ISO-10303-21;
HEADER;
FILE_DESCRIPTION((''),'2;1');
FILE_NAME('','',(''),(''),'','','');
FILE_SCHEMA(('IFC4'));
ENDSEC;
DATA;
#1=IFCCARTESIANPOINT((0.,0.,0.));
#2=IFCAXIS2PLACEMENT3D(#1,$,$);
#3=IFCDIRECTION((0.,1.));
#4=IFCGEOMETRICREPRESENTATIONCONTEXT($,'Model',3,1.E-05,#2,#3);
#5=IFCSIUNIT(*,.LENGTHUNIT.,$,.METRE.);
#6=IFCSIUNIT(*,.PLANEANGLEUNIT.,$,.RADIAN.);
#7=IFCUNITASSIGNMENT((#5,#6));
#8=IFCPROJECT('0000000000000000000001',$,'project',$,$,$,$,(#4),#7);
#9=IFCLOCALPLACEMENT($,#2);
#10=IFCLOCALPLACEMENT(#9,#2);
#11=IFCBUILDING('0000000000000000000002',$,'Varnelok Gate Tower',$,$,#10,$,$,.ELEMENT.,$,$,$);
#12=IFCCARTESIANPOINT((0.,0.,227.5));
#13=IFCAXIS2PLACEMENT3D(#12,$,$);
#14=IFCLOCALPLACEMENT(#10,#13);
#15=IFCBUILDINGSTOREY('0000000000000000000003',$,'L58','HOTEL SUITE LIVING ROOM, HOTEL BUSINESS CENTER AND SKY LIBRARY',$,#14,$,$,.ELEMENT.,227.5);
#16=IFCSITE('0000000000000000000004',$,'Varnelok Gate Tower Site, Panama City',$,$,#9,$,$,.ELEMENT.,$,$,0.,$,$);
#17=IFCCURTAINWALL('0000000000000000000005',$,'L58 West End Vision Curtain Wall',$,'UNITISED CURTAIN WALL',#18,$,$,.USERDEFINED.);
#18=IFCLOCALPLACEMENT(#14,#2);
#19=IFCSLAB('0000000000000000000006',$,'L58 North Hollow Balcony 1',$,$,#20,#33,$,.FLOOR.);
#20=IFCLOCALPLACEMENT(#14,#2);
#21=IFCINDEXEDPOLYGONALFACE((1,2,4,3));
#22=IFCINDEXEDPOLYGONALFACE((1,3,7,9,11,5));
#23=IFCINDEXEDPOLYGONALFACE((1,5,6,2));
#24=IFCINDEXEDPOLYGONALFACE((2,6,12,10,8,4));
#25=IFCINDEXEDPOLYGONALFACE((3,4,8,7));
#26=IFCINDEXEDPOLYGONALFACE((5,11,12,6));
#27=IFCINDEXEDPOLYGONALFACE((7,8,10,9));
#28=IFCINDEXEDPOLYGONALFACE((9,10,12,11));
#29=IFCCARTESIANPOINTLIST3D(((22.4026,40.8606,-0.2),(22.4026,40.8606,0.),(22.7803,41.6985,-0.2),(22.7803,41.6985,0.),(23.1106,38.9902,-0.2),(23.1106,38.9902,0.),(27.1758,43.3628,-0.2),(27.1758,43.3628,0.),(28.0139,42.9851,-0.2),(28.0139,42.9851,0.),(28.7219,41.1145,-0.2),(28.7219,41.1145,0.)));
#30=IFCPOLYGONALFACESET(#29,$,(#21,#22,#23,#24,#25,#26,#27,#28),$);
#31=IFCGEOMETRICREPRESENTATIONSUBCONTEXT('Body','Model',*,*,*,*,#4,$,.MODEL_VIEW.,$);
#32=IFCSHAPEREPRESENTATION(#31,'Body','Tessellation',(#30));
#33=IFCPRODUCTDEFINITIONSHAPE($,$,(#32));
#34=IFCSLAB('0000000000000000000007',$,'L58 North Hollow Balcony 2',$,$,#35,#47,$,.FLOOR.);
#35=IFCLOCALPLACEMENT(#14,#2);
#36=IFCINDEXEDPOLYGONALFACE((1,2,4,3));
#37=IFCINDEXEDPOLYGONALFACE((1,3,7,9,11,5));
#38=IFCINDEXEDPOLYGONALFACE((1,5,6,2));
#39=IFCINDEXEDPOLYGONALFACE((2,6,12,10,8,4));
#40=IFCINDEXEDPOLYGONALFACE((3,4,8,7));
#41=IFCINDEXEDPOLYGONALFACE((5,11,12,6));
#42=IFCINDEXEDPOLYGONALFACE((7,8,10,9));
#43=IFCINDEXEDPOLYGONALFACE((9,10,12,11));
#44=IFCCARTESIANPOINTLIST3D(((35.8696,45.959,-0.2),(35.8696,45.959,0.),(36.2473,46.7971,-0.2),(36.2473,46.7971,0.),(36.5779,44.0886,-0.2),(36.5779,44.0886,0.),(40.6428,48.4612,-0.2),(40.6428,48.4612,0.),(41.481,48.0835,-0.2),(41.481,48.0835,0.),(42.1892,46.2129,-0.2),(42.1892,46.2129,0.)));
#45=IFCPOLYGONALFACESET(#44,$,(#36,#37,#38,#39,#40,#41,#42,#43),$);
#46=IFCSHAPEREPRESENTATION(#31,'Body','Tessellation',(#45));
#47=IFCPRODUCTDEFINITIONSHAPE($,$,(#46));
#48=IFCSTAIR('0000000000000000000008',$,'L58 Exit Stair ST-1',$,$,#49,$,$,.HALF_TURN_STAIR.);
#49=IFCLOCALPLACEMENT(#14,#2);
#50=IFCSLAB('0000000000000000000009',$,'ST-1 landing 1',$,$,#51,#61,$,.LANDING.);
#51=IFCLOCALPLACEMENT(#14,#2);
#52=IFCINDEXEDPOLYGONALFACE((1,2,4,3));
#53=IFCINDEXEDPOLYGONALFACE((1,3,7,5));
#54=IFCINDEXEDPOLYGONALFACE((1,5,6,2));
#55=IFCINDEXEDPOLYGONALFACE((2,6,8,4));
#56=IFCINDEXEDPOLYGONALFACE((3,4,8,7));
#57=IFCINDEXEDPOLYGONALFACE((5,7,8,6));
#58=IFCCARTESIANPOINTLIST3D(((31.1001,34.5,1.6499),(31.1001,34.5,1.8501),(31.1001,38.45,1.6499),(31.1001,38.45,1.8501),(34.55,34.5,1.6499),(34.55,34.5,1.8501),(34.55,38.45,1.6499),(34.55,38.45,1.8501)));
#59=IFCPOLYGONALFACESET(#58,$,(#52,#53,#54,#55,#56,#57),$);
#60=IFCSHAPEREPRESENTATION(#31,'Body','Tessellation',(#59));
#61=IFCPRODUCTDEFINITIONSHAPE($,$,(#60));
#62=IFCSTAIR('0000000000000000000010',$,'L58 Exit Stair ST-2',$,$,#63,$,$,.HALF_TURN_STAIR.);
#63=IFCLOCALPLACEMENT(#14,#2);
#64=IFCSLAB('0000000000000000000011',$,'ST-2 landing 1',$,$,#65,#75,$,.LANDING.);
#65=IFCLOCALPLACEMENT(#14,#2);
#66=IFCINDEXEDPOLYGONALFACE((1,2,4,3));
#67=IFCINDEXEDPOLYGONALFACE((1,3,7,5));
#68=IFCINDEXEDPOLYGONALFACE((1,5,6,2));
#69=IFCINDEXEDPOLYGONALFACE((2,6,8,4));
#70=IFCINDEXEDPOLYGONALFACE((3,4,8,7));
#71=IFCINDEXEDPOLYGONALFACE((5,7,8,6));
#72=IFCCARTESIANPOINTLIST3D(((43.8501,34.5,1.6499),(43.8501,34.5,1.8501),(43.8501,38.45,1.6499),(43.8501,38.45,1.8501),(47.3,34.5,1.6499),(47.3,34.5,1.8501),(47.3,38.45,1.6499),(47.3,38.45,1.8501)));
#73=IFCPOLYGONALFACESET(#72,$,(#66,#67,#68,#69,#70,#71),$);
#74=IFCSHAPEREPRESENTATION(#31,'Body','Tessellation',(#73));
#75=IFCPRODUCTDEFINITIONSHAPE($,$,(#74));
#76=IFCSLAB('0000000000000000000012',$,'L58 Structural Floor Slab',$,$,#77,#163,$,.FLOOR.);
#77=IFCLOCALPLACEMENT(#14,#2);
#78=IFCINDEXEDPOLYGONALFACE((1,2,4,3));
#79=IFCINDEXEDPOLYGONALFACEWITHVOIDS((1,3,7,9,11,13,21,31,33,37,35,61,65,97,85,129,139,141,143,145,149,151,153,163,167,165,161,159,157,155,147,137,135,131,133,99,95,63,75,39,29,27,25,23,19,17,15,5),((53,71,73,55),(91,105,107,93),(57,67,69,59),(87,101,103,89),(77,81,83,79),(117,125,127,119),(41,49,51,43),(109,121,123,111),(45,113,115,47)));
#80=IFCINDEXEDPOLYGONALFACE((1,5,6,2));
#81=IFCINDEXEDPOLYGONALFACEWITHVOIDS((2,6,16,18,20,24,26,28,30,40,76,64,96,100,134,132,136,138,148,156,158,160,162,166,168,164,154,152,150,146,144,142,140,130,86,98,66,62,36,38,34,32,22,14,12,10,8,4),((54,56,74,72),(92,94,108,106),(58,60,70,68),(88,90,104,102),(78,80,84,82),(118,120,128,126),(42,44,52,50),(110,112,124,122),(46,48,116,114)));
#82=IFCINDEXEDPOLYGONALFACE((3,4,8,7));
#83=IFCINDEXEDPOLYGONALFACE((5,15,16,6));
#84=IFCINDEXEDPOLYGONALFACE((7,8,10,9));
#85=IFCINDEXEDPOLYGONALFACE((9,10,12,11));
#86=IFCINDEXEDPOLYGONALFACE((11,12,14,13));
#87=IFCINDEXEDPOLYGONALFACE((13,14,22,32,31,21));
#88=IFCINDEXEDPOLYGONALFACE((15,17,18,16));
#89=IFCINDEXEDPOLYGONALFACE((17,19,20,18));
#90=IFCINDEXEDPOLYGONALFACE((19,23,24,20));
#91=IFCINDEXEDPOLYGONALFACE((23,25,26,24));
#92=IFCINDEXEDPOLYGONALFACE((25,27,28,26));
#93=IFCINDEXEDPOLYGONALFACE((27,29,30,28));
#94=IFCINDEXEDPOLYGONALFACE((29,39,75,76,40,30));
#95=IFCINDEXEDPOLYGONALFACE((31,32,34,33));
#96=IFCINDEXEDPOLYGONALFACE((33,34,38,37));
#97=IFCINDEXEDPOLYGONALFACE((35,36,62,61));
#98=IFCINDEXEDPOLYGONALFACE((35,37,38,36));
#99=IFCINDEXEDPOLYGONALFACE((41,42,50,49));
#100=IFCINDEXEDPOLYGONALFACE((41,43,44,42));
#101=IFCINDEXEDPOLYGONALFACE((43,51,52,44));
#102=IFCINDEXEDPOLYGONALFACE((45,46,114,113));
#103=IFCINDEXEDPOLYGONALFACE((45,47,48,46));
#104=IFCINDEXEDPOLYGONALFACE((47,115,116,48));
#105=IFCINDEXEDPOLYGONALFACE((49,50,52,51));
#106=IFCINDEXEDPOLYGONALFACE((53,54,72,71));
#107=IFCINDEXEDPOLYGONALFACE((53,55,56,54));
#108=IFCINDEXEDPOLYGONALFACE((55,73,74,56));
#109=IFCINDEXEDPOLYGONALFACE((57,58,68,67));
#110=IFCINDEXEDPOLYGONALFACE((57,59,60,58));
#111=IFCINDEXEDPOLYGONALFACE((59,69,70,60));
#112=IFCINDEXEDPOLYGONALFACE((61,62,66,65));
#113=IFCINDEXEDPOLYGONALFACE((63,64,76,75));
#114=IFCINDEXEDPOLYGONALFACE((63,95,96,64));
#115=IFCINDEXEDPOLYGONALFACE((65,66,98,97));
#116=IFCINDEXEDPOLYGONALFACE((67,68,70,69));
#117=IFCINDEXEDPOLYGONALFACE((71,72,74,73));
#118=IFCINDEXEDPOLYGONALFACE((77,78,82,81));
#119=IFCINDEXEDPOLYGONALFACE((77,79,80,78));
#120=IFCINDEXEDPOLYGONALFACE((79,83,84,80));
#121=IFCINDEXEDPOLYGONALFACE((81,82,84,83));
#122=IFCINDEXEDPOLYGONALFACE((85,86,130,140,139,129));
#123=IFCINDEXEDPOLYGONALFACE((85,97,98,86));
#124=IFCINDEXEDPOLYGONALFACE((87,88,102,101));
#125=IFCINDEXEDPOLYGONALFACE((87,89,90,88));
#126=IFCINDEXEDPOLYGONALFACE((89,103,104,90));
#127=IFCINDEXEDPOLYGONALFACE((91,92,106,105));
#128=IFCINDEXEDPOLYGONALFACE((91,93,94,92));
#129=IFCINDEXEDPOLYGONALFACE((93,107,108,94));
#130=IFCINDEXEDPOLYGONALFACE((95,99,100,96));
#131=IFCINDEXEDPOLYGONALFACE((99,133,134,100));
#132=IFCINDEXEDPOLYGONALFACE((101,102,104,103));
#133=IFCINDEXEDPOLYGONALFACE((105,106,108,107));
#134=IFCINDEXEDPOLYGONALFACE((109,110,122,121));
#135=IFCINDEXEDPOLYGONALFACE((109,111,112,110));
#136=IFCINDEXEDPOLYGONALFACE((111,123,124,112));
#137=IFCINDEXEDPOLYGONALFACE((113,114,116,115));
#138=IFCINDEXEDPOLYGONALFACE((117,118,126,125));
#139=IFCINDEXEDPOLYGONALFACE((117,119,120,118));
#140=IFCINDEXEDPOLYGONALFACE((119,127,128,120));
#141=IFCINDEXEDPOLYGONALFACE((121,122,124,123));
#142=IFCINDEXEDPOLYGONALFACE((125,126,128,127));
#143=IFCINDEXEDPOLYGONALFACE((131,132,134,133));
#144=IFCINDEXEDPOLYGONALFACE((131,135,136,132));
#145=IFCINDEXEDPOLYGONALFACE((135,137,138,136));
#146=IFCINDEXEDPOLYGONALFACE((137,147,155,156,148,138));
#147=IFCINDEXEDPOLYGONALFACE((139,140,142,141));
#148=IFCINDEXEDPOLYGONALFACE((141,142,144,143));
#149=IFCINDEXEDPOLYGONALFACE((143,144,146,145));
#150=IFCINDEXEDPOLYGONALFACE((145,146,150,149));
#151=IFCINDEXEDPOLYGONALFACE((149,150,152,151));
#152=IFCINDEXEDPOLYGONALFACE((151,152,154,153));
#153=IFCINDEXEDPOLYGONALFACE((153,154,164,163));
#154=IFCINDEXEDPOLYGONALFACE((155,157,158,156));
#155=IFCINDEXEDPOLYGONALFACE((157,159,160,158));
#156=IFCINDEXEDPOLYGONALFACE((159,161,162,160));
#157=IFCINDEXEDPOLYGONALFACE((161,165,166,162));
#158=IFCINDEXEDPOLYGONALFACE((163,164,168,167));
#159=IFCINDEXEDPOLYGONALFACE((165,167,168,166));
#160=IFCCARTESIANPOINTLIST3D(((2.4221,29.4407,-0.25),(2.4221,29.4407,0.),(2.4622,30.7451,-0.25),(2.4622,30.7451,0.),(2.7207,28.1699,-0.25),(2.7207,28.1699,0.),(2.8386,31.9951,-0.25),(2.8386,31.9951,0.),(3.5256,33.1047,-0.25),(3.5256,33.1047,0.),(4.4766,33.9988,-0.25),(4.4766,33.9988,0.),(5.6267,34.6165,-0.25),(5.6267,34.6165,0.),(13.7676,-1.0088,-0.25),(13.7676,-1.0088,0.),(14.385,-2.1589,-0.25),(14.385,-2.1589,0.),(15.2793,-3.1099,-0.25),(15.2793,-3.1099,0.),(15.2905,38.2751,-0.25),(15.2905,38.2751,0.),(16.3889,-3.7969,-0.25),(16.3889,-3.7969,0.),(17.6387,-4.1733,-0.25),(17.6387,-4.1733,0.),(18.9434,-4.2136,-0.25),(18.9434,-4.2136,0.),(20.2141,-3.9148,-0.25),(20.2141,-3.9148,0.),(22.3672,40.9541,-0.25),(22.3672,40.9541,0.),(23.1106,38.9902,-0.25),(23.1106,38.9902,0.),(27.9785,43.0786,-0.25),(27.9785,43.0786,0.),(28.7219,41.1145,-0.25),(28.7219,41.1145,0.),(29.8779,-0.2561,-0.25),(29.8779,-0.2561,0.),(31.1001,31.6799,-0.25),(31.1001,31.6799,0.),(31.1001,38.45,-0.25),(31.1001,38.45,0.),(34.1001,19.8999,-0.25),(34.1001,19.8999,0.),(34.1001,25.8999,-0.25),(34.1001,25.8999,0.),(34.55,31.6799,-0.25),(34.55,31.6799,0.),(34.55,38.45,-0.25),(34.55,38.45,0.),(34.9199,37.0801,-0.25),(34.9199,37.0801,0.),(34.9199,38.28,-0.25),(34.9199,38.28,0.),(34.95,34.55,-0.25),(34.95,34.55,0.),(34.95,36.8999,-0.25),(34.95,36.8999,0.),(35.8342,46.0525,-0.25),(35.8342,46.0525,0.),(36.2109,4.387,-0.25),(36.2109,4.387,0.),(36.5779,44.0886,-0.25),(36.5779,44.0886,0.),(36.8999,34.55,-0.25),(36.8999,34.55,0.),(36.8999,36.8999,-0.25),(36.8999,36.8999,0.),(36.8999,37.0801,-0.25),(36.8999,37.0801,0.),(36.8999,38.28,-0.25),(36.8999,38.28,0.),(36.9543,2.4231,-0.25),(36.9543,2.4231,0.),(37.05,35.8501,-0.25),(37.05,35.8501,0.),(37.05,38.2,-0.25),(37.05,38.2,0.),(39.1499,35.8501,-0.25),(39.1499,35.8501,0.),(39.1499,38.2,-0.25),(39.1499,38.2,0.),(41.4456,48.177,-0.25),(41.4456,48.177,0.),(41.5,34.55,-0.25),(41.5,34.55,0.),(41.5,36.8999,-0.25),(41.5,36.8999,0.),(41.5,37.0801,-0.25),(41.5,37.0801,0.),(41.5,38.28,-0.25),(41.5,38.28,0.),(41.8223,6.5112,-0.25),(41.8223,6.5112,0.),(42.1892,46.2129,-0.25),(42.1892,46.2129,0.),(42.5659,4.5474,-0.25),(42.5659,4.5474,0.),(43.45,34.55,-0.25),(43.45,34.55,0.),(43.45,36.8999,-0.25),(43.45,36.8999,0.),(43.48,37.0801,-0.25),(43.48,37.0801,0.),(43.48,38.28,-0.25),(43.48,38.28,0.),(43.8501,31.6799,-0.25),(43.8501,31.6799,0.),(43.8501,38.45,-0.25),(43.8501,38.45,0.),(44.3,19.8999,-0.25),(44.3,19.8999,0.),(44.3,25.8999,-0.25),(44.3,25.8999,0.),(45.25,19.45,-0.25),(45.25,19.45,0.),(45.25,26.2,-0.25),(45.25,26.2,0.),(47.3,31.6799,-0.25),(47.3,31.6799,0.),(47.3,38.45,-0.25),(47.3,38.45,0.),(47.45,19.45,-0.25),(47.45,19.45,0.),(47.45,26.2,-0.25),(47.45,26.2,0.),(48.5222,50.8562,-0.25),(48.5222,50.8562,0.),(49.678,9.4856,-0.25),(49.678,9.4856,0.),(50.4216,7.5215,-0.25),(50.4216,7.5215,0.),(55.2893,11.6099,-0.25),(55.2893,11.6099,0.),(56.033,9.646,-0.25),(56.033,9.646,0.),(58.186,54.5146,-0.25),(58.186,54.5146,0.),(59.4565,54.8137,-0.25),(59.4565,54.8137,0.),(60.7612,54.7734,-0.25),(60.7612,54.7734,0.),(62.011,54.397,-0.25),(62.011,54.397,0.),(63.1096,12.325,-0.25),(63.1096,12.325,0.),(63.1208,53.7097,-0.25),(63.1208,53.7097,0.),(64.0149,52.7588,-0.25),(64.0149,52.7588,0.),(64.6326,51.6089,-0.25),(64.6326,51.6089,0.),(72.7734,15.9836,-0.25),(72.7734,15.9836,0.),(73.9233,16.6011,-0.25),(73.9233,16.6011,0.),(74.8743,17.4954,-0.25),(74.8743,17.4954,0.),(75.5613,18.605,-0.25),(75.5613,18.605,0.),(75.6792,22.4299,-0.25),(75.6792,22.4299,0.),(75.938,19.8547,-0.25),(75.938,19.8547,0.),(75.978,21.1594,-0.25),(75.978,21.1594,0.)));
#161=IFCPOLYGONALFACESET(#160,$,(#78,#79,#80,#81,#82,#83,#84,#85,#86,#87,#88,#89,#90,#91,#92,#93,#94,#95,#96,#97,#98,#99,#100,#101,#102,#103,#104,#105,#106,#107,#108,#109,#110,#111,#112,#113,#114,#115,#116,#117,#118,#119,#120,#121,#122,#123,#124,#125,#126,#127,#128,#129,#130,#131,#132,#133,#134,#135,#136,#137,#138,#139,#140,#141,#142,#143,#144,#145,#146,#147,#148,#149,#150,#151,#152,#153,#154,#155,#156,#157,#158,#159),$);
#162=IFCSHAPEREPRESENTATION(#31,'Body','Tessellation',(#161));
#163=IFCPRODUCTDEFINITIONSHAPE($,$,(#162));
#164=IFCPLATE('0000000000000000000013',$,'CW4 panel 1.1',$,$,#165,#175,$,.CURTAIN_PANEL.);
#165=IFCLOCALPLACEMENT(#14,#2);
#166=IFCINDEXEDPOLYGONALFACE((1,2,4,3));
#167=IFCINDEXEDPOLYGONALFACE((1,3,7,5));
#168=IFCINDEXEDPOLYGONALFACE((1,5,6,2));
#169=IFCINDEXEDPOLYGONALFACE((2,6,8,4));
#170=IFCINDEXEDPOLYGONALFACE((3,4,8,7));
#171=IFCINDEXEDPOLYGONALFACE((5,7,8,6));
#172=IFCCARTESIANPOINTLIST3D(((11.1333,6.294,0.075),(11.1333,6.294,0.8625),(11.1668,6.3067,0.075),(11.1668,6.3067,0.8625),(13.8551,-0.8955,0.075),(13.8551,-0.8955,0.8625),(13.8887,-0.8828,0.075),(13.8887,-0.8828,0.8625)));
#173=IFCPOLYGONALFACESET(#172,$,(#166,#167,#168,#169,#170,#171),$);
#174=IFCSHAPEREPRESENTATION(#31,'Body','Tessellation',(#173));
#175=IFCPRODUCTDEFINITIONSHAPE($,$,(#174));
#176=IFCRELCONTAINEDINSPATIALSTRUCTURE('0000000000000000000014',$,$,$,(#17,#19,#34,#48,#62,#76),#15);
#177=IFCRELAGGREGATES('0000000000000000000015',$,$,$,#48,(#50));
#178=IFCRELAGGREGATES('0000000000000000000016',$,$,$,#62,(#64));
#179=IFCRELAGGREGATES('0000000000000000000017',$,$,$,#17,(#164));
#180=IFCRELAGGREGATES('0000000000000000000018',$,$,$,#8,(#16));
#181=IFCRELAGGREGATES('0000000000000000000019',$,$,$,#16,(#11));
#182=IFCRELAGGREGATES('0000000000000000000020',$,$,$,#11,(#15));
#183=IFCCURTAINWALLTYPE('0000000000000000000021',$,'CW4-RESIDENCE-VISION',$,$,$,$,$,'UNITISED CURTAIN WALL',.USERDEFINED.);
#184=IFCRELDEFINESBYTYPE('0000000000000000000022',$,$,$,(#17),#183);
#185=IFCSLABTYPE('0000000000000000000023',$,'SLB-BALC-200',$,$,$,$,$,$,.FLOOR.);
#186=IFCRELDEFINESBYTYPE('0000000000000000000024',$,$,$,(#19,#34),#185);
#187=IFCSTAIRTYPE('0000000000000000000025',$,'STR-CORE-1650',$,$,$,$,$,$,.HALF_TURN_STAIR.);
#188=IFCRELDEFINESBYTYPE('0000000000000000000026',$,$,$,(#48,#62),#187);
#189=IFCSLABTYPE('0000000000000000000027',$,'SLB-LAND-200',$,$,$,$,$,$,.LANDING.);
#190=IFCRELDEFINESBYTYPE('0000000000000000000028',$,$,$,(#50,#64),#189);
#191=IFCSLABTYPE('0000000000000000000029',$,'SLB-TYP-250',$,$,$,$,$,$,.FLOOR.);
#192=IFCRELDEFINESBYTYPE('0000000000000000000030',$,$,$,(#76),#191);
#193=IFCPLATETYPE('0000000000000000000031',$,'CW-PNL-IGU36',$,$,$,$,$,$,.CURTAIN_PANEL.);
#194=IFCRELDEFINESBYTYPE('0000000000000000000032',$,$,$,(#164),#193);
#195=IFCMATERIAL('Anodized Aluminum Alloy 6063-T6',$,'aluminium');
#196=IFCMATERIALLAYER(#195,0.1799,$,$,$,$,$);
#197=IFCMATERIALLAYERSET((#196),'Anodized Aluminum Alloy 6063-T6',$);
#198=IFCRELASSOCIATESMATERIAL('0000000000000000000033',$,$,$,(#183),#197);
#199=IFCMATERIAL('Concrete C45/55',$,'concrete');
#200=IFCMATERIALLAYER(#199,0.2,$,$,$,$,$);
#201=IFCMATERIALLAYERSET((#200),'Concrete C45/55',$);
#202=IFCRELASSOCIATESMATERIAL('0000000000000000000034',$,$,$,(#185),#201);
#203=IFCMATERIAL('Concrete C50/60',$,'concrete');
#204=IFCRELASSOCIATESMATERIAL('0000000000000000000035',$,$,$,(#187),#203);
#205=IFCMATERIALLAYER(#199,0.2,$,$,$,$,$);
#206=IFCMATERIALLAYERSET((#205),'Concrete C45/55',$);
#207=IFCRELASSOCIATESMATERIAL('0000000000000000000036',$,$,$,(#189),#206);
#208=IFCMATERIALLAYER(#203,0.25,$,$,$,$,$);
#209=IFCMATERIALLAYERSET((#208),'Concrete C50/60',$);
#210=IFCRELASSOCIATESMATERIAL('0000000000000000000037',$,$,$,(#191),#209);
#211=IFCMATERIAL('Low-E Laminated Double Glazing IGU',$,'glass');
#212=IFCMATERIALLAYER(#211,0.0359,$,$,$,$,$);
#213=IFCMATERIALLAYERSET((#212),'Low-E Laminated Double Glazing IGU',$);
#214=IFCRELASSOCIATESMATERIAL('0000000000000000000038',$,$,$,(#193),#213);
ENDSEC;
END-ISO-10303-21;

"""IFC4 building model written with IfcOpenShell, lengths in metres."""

from ifc_helpers import new_model, si_unit, direction, frame, origin, origin_2d, place, context, subcontext, project, spatial, polyline, rectangle, outline, extrude, source, transform, mapped, material, layer, layer_set, type_object, element, aggregate, save


model = new_model("IFC4")

# Units and contexts
model_context = context("Model", 3, precision=1e-05, world=origin(), true_north=direction((0.0, 1.0)))
body_context = subcontext(model_context, "Body", "Model", "MODEL_VIEW")
ifc_project = project(units=[si_unit("LENGTHUNIT", "METRE"), si_unit("PLANEANGLEUNIT", "RADIAN")], contexts=[model_context])

# Site, building, storey
site_placement = place(None, origin())
site = spatial("IfcSite", under=ifc_project, at=site_placement, Name="Varnelok Gate Tower Site, Panama City", CompositionType="ELEMENT", RefElevation=0.0)
building_placement = place(site_placement, origin())
building = spatial("IfcBuilding", under=site, at=building_placement, Name="Varnelok Gate Tower", CompositionType="ELEMENT")
storey_placement = place(building_placement, frame((0.0, 0.0, 227.5)))
storey = spatial("IfcBuildingStorey", under=building, at=storey_placement, Name="L58", Description="HOTEL SUITE LIVING ROOM, HOTEL BUSINESS CENTER AND SKY LIBRARY", CompositionType="ELEMENT", Elevation=227.5)

# Curtain wall
ifc_material_1 = material(Name="Anodized Aluminum Alloy 6063-T6", Category="aluminium")
ifc_layer_1 = layer(ifc_material_1, 0.1799)
ifc_layer_set_1 = layer_set([ifc_layer_1], Name="Anodized Aluminum Alloy 6063-T6")
curtain_wall_type_1 = type_object("IfcCurtainWallType", Name="CW4-RESIDENCE-VISION", ElementType="UNITISED CURTAIN WALL", PredefinedType="USERDEFINED", material=ifc_layer_set_1)
curtain_wall_1_placement = place(storey_placement, origin())
curtain_wall_1 = element("IfcCurtainWall", 1, at=curtain_wall_1_placement, inside=storey, type_object=curtain_wall_type_1, Name="L58 West End Vision Curtain Wall", ObjectType="UNITISED CURTAIN WALL", PredefinedType="USERDEFINED")

# Slabs
ifc_material_2 = material(Name="Concrete C45/55", Category="concrete")
ifc_layer_2 = layer(ifc_material_2, 0.2)
ifc_layer_set_2 = layer_set([ifc_layer_2], Name="Concrete C45/55")
slab_type_1 = type_object("IfcSlabType", Name="SLB-BALC-200", PredefinedType="FLOOR", material=ifc_layer_set_2)
slab_1_placement = place(storey_placement, frame((0.0, 0.0, -0.2)))
element("IfcSlab", 2, at=slab_1_placement, inside=storey, type_object=slab_type_1, Name="L58 North Hollow Balcony 1", PredefinedType="FLOOR", context=body_context, shape_type="SweptSolid", body=[
    extrude(outline(polyline([(23.1106, 38.9902), (28.7219, 41.1145), (28.0139, 42.9851), (27.1758, 43.3628), (22.7803, 41.6985), (22.4026, 40.8606), (23.1106, 38.9902)])), origin(), (0.0, 0.0, 1.0), 0.2),
])
slab_2_placement = place(storey_placement, frame((0.0, 0.0, -0.2)))
element("IfcSlab", 3, at=slab_2_placement, inside=storey, type_object=slab_type_1, Name="L58 North Hollow Balcony 2", PredefinedType="FLOOR", context=body_context, shape_type="SweptSolid", body=[
    extrude(outline(polyline([(36.5779, 44.0886), (42.1892, 46.2129), (41.481, 48.0835), (40.6428, 48.4612), (36.2473, 46.7971), (35.8696, 45.959), (36.5779, 44.0886)])), origin(), (0.0, 0.0, 1.0), 0.2),
])

# Stairs, slabs
ifc_material_3 = material(Name="Concrete C50/60", Category="concrete")
stair_type = type_object("IfcStairType", Name="STR-CORE-1650", PredefinedType="HALF_TURN_STAIR", material=ifc_material_3)
stair_1_placement = place(storey_placement, origin())
stair_1 = element("IfcStair", 4, at=stair_1_placement, inside=storey, type_object=stair_type, Name="L58 Exit Stair ST-1", PredefinedType="HALF_TURN_STAIR")
ifc_layer_3 = layer(ifc_material_2, 0.2)
ifc_layer_set_3 = layer_set([ifc_layer_3], Name="Concrete C45/55")
slab_type_2 = type_object("IfcSlabType", Name="SLB-LAND-200", PredefinedType="LANDING", material=ifc_layer_set_3)
slab_3_placement = place(storey_placement, frame((0.0, 0.0, 1.6499)))
slab_3 = element("IfcSlab", 5, at=slab_3_placement, type_object=slab_type_2, Name="ST-1 landing 1", PredefinedType="LANDING", context=body_context, shape_type="SweptSolid", body=[
    extrude(outline(polyline([(34.55, 34.5), (34.55, 38.45), (31.1001, 38.45), (31.1001, 34.5), (34.55, 34.5)])), origin(), (0.0, 0.0, 1.0), 0.2002),
])
aggregate(stair_1, [slab_3])
stair_2_placement = place(storey_placement, origin())
stair_2 = element("IfcStair", 6, at=stair_2_placement, inside=storey, type_object=stair_type, Name="L58 Exit Stair ST-2", PredefinedType="HALF_TURN_STAIR")
slab_4_placement = place(storey_placement, frame((0.0, 0.0, 1.6499)))
slab_4 = element("IfcSlab", 7, at=slab_4_placement, type_object=slab_type_2, Name="ST-2 landing 1", PredefinedType="LANDING", context=body_context, shape_type="SweptSolid", body=[
    extrude(outline(polyline([(47.3, 34.5), (47.3, 38.45), (43.8501, 38.45), (43.8501, 34.5), (47.3, 34.5)])), origin(), (0.0, 0.0, 1.0), 0.2002),
])
aggregate(stair_2, [slab_4])

# Slab
ifc_layer_4 = layer(ifc_material_3, 0.25)
ifc_layer_set_4 = layer_set([ifc_layer_4], Name="Concrete C50/60")
slab_type_3 = type_object("IfcSlabType", Name="SLB-TYP-250", PredefinedType="FLOOR", material=ifc_layer_set_4)
slab_5_placement = place(storey_placement, frame((0.0, 0.0, -0.25)))
element("IfcSlab", 8, at=slab_5_placement, inside=storey, type_object=slab_type_3, Name="L58 Structural Floor Slab", PredefinedType="FLOOR", context=body_context, shape_type="SweptSolid", body=[
    extrude(outline(polyline([(13.7676, -1.0088), (14.385, -2.1589), (15.2793, -3.1099), (16.3889, -3.7969), (17.6387, -4.1733), (18.9434, -4.2136), (20.2141, -3.9148), (29.8779, -0.2561), (36.9543, 2.4231), (36.2109, 4.387), (41.8223, 6.5112), (42.5659, 4.5474), (50.4216, 7.5215), (49.678, 9.4856), (55.2893, 11.6099), (56.033, 9.646), (63.1096, 12.325), (72.7734, 15.9836), (73.9233, 16.6011), (74.8743, 17.4954), (75.5613, 18.605), (75.938, 19.8547), (75.978, 21.1594), (75.6792, 22.4299), (64.6326, 51.6089), (64.0149, 52.7588), (63.1208, 53.7097), (62.011, 54.397), (60.7612, 54.7734), (59.4565, 54.8137), (58.186, 54.5146), (48.5222, 50.8562), (41.4456, 48.177), (42.1892, 46.2129), (36.5779, 44.0886), (35.8342, 46.0525), (27.9785, 43.0786), (28.7219, 41.1145), (23.1106, 38.9902), (22.3672, 40.9541), (15.2905, 38.2751), (5.6267, 34.6165), (4.4766, 33.9988), (3.5256, 33.1047), (2.8386, 31.9951), (2.4622, 30.7451), (2.4221, 29.4407), (2.7207, 28.1699), (13.7676, -1.0088)]), holes=[polyline([(34.55, 31.6799), (34.55, 38.45), (31.1001, 38.45), (31.1001, 31.6799), (34.55, 31.6799)]), polyline([(47.3, 31.6799), (47.3, 38.45), (43.8501, 38.45), (43.8501, 31.6799), (47.3, 31.6799)]), polyline([(34.95, 34.55), (36.8999, 34.55), (36.8999, 36.8999), (34.95, 36.8999), (34.95, 34.55)]), polyline([(41.5, 34.55), (43.45, 34.55), (43.45, 36.8999), (41.5, 36.8999), (41.5, 34.55)]), polyline([(37.05, 35.8501), (39.1499, 35.8501), (39.1499, 38.2), (37.05, 38.2), (37.05, 35.8501)]), polyline([(45.25, 19.45), (47.45, 19.45), (47.45, 26.2), (45.25, 26.2), (45.25, 19.45)]), polyline([(34.9199, 37.0801), (36.8999, 37.0801), (36.8999, 38.28), (34.9199, 38.28), (34.9199, 37.0801)]), polyline([(41.5, 37.0801), (43.48, 37.0801), (43.48, 38.28), (41.5, 38.28), (41.5, 37.0801)]), polyline([(34.1001, 19.8999), (44.3, 19.8999), (44.3, 25.8999), (34.1001, 25.8999), (34.1001, 19.8999)])]), origin(), (0.0, 0.0, 1.0), 0.25),
])

# Plate
ifc_material_4 = material(Name="Low-E Laminated Double Glazing IGU", Category="glass")
ifc_layer_5 = layer(ifc_material_4, 0.0359)
ifc_layer_set_5 = layer_set([ifc_layer_5], Name="Low-E Laminated Double Glazing IGU")
plate_type = type_object("IfcPlateType", Name="CW-PNL-IGU36", PredefinedType="CURTAIN_PANEL", material=ifc_layer_set_5)
shared_shape = source(origin(), body_context, "Body", "SweptSolid", [
    extrude(rectangle(XDim=7.6875, YDim=0.0359, at=origin_2d()), origin(), (0.0, 0.0, 1.0), 0.7876),
])
plate_placement = place(storey_placement, frame((12.511, 2.7056, 0.075), z_axis=(0.0, 0.0, 1.0), x_axis=(-0.354063, 0.935222, 0.0)))
plate = element("IfcPlate", 9, at=plate_placement, type_object=plate_type, Name="CW4 panel 1.1", PredefinedType="CURTAIN_PANEL", context=body_context, shape_type="MappedRepresentation", body=[
    mapped(shared_shape, transform((0.0, 0.0, 0.0), scale=1.0)),
])
aggregate(curtain_wall_1, [plate])

save(model, "model.ifc")
